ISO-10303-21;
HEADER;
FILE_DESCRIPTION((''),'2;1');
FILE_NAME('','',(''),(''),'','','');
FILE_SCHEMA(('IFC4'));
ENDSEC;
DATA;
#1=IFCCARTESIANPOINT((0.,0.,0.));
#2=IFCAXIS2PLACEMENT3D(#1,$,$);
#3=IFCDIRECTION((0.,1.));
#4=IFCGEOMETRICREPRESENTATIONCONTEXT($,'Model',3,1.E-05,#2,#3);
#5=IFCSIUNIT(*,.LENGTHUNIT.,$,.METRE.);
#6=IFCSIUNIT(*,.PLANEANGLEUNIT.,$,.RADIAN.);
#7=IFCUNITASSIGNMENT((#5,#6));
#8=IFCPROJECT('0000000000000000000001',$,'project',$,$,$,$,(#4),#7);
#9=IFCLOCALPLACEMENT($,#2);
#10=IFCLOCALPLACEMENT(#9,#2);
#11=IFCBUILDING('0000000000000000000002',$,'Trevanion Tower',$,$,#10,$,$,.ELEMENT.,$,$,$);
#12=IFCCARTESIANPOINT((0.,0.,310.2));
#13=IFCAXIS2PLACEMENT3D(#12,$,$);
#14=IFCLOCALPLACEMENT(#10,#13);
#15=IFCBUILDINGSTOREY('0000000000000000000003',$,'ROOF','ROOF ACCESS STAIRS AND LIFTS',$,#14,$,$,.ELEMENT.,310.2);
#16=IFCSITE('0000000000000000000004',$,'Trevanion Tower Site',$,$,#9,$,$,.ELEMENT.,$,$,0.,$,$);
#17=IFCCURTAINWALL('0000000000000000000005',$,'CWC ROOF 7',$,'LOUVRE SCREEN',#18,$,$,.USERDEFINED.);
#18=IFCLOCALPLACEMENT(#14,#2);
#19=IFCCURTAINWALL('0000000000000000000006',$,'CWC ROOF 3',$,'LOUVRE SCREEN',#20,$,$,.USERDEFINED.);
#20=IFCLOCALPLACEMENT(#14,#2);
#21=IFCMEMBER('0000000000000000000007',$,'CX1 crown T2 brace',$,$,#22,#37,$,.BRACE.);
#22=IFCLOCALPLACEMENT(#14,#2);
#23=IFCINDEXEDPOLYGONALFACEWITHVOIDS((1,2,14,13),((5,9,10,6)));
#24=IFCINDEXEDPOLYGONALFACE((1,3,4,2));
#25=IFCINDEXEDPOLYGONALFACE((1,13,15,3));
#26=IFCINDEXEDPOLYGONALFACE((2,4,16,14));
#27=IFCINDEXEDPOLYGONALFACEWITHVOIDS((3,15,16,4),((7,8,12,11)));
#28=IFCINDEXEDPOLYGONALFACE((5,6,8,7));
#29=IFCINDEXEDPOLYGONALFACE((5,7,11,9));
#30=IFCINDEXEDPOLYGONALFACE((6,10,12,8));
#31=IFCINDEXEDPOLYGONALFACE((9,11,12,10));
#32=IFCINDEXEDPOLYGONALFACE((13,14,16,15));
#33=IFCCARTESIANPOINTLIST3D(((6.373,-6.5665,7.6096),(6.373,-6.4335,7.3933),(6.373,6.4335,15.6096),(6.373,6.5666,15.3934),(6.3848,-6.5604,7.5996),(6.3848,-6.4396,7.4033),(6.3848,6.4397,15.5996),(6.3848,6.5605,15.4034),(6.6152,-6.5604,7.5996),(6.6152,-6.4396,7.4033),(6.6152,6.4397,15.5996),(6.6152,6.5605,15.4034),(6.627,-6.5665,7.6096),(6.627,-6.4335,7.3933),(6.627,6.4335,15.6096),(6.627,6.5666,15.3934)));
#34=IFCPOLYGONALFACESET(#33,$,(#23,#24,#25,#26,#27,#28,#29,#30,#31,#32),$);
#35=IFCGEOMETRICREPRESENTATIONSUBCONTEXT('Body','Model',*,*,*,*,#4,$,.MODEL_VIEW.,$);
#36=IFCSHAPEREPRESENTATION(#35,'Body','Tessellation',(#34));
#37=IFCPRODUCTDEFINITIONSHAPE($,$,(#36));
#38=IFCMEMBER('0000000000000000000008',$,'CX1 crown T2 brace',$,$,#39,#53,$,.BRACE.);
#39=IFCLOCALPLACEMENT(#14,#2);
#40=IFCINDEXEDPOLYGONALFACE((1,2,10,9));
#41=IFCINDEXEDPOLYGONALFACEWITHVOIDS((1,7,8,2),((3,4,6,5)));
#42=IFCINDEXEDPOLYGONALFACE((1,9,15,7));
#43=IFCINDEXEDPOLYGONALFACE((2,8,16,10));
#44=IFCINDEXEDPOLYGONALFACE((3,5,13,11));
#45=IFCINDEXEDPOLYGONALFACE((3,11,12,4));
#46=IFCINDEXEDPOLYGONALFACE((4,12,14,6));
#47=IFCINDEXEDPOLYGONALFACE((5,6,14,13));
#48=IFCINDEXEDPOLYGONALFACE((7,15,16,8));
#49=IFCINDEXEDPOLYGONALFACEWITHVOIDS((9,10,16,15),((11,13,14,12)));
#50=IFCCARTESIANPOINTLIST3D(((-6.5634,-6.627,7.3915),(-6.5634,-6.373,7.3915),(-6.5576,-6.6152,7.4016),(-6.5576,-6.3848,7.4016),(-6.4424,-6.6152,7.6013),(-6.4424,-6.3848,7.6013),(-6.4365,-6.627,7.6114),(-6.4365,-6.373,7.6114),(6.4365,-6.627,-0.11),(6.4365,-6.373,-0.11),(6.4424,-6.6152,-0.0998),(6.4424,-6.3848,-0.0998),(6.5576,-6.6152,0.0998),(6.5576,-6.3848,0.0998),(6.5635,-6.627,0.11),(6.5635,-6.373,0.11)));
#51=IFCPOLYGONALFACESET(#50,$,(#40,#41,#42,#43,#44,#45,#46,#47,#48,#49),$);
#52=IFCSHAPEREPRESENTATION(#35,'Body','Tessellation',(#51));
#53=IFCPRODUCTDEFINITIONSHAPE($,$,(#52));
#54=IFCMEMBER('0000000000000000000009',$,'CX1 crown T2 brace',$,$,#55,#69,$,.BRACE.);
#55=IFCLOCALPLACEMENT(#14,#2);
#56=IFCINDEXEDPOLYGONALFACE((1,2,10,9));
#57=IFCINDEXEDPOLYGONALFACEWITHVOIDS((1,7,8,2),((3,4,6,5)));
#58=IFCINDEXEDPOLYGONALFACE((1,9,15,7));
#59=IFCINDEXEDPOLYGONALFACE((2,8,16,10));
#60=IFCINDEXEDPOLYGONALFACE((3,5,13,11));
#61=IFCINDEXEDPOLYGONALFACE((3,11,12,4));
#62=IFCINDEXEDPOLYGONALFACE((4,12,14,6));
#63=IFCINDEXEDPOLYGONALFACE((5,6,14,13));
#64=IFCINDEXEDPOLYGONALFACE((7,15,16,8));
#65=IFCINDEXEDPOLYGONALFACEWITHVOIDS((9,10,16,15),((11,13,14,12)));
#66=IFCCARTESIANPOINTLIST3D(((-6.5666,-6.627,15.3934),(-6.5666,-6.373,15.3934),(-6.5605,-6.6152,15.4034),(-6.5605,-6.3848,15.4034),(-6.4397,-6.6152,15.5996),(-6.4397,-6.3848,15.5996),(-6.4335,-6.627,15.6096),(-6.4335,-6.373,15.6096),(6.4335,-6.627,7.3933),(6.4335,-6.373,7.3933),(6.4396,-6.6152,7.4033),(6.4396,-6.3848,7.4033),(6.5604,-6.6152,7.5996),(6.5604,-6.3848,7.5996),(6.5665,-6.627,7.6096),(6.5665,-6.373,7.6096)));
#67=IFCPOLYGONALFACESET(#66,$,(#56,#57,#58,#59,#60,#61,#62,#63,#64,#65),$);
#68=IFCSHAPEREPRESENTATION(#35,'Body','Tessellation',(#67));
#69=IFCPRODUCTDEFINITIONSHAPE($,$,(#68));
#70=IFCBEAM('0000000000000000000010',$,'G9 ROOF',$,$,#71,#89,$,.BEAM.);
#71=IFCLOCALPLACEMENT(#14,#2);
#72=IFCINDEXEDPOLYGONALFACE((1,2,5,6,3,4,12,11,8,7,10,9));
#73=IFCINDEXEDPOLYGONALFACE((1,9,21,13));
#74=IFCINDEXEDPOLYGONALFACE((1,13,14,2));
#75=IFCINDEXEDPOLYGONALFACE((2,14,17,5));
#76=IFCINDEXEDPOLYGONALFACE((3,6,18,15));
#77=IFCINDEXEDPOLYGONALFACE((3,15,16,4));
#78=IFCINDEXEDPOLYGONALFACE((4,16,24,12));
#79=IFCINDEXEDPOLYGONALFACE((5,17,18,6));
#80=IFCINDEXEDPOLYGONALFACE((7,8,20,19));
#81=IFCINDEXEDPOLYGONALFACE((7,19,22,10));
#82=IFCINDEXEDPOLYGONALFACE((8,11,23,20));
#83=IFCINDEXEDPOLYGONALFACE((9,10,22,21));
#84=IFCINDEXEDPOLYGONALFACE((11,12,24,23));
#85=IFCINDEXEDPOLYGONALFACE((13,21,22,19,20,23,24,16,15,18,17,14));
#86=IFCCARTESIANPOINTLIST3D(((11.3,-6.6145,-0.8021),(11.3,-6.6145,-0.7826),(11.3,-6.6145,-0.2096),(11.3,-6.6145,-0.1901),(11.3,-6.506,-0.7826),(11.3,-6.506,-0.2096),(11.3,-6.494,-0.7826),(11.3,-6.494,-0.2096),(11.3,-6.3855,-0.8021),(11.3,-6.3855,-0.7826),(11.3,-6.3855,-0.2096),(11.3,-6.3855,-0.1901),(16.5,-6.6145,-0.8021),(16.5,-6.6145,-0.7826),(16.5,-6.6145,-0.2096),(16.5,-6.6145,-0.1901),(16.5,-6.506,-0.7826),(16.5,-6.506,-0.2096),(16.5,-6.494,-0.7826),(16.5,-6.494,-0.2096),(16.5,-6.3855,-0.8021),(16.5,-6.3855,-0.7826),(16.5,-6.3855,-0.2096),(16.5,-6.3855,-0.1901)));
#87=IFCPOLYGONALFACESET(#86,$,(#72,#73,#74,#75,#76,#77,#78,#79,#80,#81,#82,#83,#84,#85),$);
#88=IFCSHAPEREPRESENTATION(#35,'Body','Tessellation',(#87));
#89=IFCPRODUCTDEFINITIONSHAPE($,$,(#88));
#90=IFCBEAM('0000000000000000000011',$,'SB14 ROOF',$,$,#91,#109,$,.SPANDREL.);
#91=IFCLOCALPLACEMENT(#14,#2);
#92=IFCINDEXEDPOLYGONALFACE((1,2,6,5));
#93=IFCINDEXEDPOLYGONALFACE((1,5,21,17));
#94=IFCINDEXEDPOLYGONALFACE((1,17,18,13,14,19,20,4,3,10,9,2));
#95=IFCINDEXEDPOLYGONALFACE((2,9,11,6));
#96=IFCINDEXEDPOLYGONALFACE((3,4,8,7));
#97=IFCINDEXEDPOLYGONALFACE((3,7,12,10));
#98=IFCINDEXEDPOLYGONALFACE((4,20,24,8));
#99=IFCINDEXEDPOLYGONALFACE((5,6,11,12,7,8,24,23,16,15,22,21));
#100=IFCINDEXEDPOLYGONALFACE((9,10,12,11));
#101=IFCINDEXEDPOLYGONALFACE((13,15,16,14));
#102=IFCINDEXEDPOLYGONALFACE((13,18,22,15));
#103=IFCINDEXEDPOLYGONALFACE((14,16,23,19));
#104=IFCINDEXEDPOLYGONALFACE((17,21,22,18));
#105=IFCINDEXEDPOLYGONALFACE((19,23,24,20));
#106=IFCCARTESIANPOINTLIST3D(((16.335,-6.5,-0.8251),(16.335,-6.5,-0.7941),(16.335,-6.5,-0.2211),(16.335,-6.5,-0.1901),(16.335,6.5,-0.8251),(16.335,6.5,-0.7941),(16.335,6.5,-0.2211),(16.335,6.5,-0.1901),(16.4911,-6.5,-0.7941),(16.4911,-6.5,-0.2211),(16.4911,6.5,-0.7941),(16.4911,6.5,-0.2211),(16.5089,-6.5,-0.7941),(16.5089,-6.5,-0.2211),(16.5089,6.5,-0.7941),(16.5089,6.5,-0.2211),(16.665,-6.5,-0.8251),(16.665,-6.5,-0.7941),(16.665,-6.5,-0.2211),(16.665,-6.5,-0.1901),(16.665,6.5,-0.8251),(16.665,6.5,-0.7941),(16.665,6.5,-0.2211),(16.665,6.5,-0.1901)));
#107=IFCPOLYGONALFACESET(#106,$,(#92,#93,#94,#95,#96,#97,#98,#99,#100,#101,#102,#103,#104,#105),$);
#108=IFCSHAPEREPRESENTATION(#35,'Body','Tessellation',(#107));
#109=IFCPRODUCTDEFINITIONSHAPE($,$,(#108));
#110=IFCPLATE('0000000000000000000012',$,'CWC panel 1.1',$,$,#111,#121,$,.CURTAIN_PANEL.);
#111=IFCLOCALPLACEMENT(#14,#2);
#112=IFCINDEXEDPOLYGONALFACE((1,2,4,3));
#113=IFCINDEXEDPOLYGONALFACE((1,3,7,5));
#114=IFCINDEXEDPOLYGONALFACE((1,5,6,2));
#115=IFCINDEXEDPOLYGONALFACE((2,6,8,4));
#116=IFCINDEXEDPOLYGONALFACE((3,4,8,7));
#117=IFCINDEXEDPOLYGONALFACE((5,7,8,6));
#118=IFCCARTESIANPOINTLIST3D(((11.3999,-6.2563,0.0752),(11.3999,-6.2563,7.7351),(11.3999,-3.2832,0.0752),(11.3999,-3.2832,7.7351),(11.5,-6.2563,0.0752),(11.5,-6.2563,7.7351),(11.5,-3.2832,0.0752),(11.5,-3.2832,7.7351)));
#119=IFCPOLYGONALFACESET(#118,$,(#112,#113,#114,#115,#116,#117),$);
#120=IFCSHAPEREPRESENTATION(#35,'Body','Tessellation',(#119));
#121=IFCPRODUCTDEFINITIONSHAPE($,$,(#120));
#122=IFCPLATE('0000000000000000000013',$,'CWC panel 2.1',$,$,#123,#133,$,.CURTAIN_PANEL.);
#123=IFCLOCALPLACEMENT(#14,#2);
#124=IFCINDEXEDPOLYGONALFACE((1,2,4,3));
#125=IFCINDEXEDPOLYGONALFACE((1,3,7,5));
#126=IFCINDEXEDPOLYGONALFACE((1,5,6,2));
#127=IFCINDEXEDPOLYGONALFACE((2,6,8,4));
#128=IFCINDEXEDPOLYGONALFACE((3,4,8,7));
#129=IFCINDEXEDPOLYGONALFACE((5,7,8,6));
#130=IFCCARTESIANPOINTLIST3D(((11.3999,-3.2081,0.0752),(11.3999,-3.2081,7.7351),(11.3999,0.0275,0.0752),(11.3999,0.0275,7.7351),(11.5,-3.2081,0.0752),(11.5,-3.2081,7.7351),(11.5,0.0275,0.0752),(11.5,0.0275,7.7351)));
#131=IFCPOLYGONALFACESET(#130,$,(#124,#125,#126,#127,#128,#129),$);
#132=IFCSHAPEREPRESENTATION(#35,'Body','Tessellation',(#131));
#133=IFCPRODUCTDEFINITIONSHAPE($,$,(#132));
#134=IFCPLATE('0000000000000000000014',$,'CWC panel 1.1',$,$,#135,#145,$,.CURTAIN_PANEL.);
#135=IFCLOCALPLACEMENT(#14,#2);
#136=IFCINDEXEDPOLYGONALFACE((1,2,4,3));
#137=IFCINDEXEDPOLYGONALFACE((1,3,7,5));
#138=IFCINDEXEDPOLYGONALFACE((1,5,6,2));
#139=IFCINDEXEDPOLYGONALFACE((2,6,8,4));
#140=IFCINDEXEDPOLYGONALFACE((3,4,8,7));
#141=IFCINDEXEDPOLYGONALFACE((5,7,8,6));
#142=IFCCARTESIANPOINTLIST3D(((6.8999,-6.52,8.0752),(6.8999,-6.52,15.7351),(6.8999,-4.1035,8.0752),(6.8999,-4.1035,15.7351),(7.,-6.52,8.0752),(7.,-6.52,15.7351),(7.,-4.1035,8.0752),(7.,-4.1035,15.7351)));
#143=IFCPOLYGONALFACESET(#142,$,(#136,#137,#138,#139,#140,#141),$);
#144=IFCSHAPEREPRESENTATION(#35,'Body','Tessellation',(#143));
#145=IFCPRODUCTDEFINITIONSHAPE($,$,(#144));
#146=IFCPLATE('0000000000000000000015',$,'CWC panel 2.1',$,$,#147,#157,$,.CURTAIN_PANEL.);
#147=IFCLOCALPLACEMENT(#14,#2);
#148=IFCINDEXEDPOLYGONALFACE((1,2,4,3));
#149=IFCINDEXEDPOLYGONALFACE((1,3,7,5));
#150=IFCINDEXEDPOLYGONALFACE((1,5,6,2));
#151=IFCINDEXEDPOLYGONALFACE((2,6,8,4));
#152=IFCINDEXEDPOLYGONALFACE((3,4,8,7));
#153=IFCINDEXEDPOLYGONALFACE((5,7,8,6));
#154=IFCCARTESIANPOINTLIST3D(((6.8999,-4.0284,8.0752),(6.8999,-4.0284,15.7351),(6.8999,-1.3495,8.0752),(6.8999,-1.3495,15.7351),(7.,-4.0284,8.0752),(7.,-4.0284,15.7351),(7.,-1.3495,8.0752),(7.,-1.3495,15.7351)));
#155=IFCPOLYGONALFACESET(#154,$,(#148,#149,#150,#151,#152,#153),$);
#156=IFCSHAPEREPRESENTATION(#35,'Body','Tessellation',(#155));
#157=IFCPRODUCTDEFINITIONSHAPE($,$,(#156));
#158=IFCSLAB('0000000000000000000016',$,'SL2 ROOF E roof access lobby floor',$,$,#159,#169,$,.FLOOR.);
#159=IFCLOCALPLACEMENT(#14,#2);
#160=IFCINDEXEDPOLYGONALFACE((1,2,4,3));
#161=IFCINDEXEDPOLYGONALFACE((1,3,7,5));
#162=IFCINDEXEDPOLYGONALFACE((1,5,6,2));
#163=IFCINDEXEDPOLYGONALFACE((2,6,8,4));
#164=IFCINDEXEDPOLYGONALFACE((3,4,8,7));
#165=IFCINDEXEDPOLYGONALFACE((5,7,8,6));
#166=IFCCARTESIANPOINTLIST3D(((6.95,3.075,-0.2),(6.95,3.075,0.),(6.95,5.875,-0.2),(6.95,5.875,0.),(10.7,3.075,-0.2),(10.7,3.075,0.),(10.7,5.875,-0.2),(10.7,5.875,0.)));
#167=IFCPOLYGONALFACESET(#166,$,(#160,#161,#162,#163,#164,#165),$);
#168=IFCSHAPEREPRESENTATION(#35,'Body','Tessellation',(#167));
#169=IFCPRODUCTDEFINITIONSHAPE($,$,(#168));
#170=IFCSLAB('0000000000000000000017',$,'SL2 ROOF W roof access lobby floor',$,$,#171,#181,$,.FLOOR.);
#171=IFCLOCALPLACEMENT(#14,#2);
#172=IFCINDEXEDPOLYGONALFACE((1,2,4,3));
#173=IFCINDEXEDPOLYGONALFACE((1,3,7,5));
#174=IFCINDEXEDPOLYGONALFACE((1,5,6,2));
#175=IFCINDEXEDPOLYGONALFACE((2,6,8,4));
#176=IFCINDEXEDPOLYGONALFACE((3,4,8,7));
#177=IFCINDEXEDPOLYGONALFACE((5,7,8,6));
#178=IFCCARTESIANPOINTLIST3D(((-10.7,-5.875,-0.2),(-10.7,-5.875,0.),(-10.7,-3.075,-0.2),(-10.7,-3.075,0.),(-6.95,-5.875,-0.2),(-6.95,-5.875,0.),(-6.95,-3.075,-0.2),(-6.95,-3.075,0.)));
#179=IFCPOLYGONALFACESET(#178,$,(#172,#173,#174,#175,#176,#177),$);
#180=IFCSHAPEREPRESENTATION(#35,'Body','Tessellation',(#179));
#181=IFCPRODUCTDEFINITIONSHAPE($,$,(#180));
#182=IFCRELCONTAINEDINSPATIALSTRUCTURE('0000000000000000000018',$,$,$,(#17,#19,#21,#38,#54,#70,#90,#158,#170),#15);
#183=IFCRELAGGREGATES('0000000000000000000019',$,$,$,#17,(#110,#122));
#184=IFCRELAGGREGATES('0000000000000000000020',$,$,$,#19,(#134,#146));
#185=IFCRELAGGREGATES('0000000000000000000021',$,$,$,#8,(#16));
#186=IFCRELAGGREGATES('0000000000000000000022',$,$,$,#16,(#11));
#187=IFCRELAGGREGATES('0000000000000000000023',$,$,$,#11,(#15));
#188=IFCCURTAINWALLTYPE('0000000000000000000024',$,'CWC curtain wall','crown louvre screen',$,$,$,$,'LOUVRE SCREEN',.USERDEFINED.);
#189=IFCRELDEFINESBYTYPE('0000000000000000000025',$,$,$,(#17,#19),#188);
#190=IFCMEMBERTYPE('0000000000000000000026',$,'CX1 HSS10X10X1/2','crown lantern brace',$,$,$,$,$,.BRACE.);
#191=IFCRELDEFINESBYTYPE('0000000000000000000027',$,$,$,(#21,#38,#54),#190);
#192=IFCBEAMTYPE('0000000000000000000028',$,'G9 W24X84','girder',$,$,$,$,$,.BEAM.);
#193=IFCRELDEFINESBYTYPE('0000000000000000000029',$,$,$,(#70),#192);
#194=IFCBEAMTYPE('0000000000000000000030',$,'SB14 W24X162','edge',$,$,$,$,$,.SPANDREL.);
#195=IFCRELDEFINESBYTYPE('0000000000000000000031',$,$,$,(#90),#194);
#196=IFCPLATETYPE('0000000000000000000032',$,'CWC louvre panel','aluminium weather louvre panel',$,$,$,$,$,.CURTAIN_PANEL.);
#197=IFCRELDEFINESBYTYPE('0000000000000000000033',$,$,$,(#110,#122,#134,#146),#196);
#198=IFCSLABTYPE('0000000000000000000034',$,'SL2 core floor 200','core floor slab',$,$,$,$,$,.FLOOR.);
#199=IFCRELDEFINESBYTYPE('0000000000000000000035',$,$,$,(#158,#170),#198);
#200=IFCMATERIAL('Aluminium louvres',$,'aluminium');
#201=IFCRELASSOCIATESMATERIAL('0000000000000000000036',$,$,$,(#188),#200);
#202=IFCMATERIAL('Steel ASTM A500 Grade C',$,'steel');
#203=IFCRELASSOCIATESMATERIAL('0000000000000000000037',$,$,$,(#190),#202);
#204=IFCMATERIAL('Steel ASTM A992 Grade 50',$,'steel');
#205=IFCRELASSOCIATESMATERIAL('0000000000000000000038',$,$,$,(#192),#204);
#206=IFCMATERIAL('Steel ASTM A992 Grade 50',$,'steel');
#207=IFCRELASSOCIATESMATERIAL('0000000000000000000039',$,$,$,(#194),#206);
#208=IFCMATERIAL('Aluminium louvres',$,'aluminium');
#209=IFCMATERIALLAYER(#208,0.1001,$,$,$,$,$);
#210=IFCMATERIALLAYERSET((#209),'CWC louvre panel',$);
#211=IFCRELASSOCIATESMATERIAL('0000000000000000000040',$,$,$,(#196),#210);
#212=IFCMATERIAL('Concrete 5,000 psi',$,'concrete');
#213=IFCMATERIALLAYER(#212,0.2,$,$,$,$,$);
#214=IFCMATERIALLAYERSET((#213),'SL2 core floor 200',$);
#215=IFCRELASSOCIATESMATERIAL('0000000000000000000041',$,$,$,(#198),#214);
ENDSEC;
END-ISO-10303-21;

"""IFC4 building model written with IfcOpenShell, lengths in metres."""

from ifc_helpers import new_model, si_unit, direction, frame, origin, origin_2d, place, context, subcontext, project, spatial, polyline, rectangle, hollow_rectangle, i_section, outline, extrude, material, layer, layer_set, material_profile, profile_set, type_object, element, aggregate, save


model = new_model("IFC4")

# Units and contexts
model_context = context("Model", 3, precision=1e-05, world=origin(), true_north=direction((0.0, 1.0)))
body_context = subcontext(model_context, "Body", "Model", "MODEL_VIEW")
ifc_project = project(units=[si_unit("LENGTHUNIT", "METRE"), si_unit("PLANEANGLEUNIT", "RADIAN")], contexts=[model_context])

# Site, building, storey
site_placement = place(None, origin())
site = spatial("IfcSite", under=ifc_project, at=site_placement, Name="Trevanion Tower Site", CompositionType="ELEMENT", RefElevation=0.0)
building_placement = place(site_placement, origin())
building = spatial("IfcBuilding", under=site, at=building_placement, Name="Trevanion Tower", CompositionType="ELEMENT")
storey_placement = place(building_placement, frame((0.0, 0.0, 310.2)))
storey = spatial("IfcBuildingStorey", under=building, at=storey_placement, Name="ROOF", Description="ROOF ACCESS STAIRS AND LIFTS", CompositionType="ELEMENT", Elevation=310.2)

# Curtain wall
ifc_material_1 = material(Name="Aluminium louvres", Category="aluminium")
curtain_wall_type = type_object("IfcCurtainWallType", Name="CWC curtain wall", Description="crown louvre screen", ElementType="LOUVRE SCREEN", PredefinedType="USERDEFINED", material=ifc_material_1)
curtain_wall_1_placement = place(storey_placement, origin())
curtain_wall_1 = element("IfcCurtainWall", 1, at=curtain_wall_1_placement, inside=storey, type_object=curtain_wall_type, Name="CWC ROOF 7", ObjectType="LOUVRE SCREEN", PredefinedType="USERDEFINED")

# Curtain wall
curtain_wall_2_placement = place(storey_placement, origin())
curtain_wall_2 = element("IfcCurtainWall", 2, at=curtain_wall_2_placement, inside=storey, type_object=curtain_wall_type, Name="CWC ROOF 3", ObjectType="LOUVRE SCREEN", PredefinedType="USERDEFINED")

# Members
ifc_material_2 = material(Name="Steel ASTM A500 Grade C", Category="steel")
ifc_material_profile_1 = material_profile(ifc_material_2, hollow_rectangle(XDim=0.2539, YDim=0.2539, WallThickness=0.0117, at=origin_2d()), Name="HSS10X10X1/2")
ifc_profile_set_1 = profile_set([ifc_material_profile_1], Name="Steel ASTM A500 Grade C")
member_type_1 = type_object("IfcMemberType", Name="CX1 HSS10X10X1/2", Description="crown lantern brace", PredefinedType="BRACE", material=ifc_profile_set_1)
member_1_placement = place(storey_placement, frame((6.5, -6.5, 7.5015), z_axis=(0.0, 0.851658, 0.524097), x_axis=(-1.0, 0.0, 0.0)))
element("IfcMember", 3, at=member_1_placement, inside=storey, type_object=member_type_1, Name="CX1 crown T2 brace", PredefinedType="BRACE", context=body_context, shape_type="SweptSolid", body=[
    extrude(hollow_rectangle(XDim=0.2539, YDim=0.2539, WallThickness=0.0117, at=origin_2d()), origin(), (0.0, 0.0, 1.0), 15.2644),
])
member_2_placement = place(storey_placement, frame((6.5, -6.5, 0.0), z_axis=(-0.866143, 0.0, 0.499796), x_axis=(0.0, -1.0, 0.0)))
element("IfcMember", 4, at=member_2_placement, inside=storey, type_object=member_type_1, Name="CX1 crown T2 brace", PredefinedType="BRACE", context=body_context, shape_type="SweptSolid", body=[
    extrude(hollow_rectangle(XDim=0.2539, YDim=0.2539, WallThickness=0.0117, at=origin_2d()), origin(), (0.0, 0.0, 1.0), 15.009),
])
member_3_placement = place(storey_placement, frame((6.5, -6.5, 7.5015), z_axis=(-0.851658, 0.0, 0.524097), x_axis=(0.0, -1.0, 0.0)))
element("IfcMember", 5, at=member_3_placement, inside=storey, type_object=member_type_1, Name="CX1 crown T2 brace", PredefinedType="BRACE", context=body_context, shape_type="SweptSolid", body=[
    extrude(hollow_rectangle(XDim=0.2539, YDim=0.2539, WallThickness=0.0117, at=origin_2d()), origin(), (0.0, 0.0, 1.0), 15.2644),
])

# Beams
ifc_material_3 = material(Name="Steel ASTM A992 Grade 50", Category="steel")
ifc_material_profile_2 = material_profile(ifc_material_3, i_section(OverallWidth=0.229, OverallDepth=0.6121, WebThickness=0.012, FlangeThickness=0.0195, at=origin_2d()), Name="W24X84")
ifc_profile_set_2 = profile_set([ifc_material_profile_2], Name="Steel ASTM A992 Grade 50")
beam_type_1 = type_object("IfcBeamType", Name="G9 W24X84", Description="girder", PredefinedType="BEAM", material=ifc_profile_set_2)
beam_1_placement = place(storey_placement, frame((11.3, -6.5, -0.4961), z_axis=(1.0, 0.0, 0.0), x_axis=(0.0, 1.0, 0.0)))
element("IfcBeam", 6, at=beam_1_placement, inside=storey, type_object=beam_type_1, Name="G9 ROOF", PredefinedType="BEAM", context=body_context, shape_type="SweptSolid", body=[
    extrude(i_section(OverallWidth=0.229, OverallDepth=0.6121, WebThickness=0.012, FlangeThickness=0.0195, at=origin_2d()), origin(), (0.0, 0.0, 1.0), 5.2),
])
ifc_material_4 = material(Name="Steel ASTM A992 Grade 50", Category="steel")
ifc_material_profile_3 = material_profile(ifc_material_4, i_section(OverallWidth=0.3301, OverallDepth=0.635, WebThickness=0.0178, FlangeThickness=0.031, at=origin_2d()), Name="W24X162")
ifc_profile_set_3 = profile_set([ifc_material_profile_3], Name="Steel ASTM A992 Grade 50")
beam_type_2 = type_object("IfcBeamType", Name="SB14 W24X162", Description="edge", PredefinedType="SPANDREL", material=ifc_profile_set_3)
beam_2_placement = place(storey_placement, frame((16.5, -6.5, -0.5076), z_axis=(0.0, 1.0, 0.0), x_axis=(-1.0, 0.0, 0.0)))
element("IfcBeam", 7, at=beam_2_placement, inside=storey, type_object=beam_type_2, Name="SB14 ROOF", PredefinedType="SPANDREL", context=body_context, shape_type="SweptSolid", body=[
    extrude(i_section(OverallWidth=0.3301, OverallDepth=0.635, WebThickness=0.0178, FlangeThickness=0.031, at=origin_2d()), origin(), (0.0, 0.0, 1.0), 13.0),
])

# Plates
ifc_material_5 = material(Name="Aluminium louvres", Category="aluminium")
ifc_layer_1 = layer(ifc_material_5, 0.1001)
ifc_layer_set_1 = layer_set([ifc_layer_1], Name="CWC louvre panel")
plate_type = type_object("IfcPlateType", Name="CWC louvre panel", Description="aluminium weather louvre panel", PredefinedType="CURTAIN_PANEL", material=ifc_layer_set_1)
plate_1_placement = place(storey_placement, frame((11.45, -4.7698, 0.0752), z_axis=(0.0, 0.0, 1.0), x_axis=(0.0, 1.0, 0.0)))
plate_1 = element("IfcPlate", 8, at=plate_1_placement, type_object=plate_type, Name="CWC panel 1.1", PredefinedType="CURTAIN_PANEL", context=body_context, shape_type="SweptSolid", body=[
    extrude(rectangle(XDim=2.9731, YDim=0.1001, at=origin_2d()), origin(), (0.0, 0.0, 1.0), 7.6599),
])
plate_2_placement = place(storey_placement, frame((11.45, -1.5903, 0.0752), z_axis=(0.0, 0.0, 1.0), x_axis=(0.0, 1.0, 0.0)))
plate_2 = element("IfcPlate", 9, at=plate_2_placement, type_object=plate_type, Name="CWC panel 2.1", PredefinedType="CURTAIN_PANEL", context=body_context, shape_type="SweptSolid", body=[
    extrude(rectangle(XDim=3.2356, YDim=0.1001, at=origin_2d()), origin(), (0.0, 0.0, 1.0), 7.6599),
])
aggregate(curtain_wall_1, [plate_1, plate_2])
plate_3_placement = place(storey_placement, frame((6.95, -5.3118, 8.0752), z_axis=(0.0, 0.0, 1.0), x_axis=(0.0, 1.0, 0.0)))
plate_3 = element("IfcPlate", 10, at=plate_3_placement, type_object=plate_type, Name="CWC panel 1.1", PredefinedType="CURTAIN_PANEL", context=body_context, shape_type="SweptSolid", body=[
    extrude(rectangle(XDim=2.4165, YDim=0.1001, at=origin_2d()), origin(), (0.0, 0.0, 1.0), 7.6599),
])
plate_4_placement = place(storey_placement, frame((6.95, -2.689, 8.0752), z_axis=(0.0, 0.0, 1.0), x_axis=(0.0, 1.0, 0.0)))
plate_4 = element("IfcPlate", 11, at=plate_4_placement, type_object=plate_type, Name="CWC panel 2.1", PredefinedType="CURTAIN_PANEL", context=body_context, shape_type="SweptSolid", body=[
    extrude(rectangle(XDim=2.679, YDim=0.1001, at=origin_2d()), origin(), (0.0, 0.0, 1.0), 7.6599),
])
aggregate(curtain_wall_2, [plate_3, plate_4])

# Slabs
ifc_material_6 = material(Name="Concrete 5,000 psi", Category="concrete")
ifc_layer_2 = layer(ifc_material_6, 0.2)
ifc_layer_set_2 = layer_set([ifc_layer_2], Name="SL2 core floor 200")
slab_type = type_object("IfcSlabType", Name="SL2 core floor 200", Description="core floor slab", PredefinedType="FLOOR", material=ifc_layer_set_2)
slab_1_placement = place(storey_placement, frame((0.0, 0.0, -0.2)))
element("IfcSlab", 12, at=slab_1_placement, inside=storey, type_object=slab_type, Name="SL2 ROOF E roof access lobby floor", PredefinedType="FLOOR", context=body_context, shape_type="SweptSolid", body=[
    extrude(outline(polyline([(6.95, 3.075), (10.7, 3.075), (10.7, 5.875), (6.95, 5.875), (6.95, 3.075)])), origin(), (0.0, 0.0, 1.0), 0.2),
])
slab_2_placement = place(storey_placement, frame((0.0, 0.0, -0.2)))
element("IfcSlab", 13, at=slab_2_placement, inside=storey, type_object=slab_type, Name="SL2 ROOF W roof access lobby floor", PredefinedType="FLOOR", context=body_context, shape_type="SweptSolid", body=[
    extrude(outline(polyline([(-6.95, -3.075), (-10.7, -3.075), (-10.7, -5.875), (-6.95, -5.875), (-6.95, -3.075)])), origin(), (0.0, 0.0, 1.0), 0.2),
])

save(model, "model.ifc")
